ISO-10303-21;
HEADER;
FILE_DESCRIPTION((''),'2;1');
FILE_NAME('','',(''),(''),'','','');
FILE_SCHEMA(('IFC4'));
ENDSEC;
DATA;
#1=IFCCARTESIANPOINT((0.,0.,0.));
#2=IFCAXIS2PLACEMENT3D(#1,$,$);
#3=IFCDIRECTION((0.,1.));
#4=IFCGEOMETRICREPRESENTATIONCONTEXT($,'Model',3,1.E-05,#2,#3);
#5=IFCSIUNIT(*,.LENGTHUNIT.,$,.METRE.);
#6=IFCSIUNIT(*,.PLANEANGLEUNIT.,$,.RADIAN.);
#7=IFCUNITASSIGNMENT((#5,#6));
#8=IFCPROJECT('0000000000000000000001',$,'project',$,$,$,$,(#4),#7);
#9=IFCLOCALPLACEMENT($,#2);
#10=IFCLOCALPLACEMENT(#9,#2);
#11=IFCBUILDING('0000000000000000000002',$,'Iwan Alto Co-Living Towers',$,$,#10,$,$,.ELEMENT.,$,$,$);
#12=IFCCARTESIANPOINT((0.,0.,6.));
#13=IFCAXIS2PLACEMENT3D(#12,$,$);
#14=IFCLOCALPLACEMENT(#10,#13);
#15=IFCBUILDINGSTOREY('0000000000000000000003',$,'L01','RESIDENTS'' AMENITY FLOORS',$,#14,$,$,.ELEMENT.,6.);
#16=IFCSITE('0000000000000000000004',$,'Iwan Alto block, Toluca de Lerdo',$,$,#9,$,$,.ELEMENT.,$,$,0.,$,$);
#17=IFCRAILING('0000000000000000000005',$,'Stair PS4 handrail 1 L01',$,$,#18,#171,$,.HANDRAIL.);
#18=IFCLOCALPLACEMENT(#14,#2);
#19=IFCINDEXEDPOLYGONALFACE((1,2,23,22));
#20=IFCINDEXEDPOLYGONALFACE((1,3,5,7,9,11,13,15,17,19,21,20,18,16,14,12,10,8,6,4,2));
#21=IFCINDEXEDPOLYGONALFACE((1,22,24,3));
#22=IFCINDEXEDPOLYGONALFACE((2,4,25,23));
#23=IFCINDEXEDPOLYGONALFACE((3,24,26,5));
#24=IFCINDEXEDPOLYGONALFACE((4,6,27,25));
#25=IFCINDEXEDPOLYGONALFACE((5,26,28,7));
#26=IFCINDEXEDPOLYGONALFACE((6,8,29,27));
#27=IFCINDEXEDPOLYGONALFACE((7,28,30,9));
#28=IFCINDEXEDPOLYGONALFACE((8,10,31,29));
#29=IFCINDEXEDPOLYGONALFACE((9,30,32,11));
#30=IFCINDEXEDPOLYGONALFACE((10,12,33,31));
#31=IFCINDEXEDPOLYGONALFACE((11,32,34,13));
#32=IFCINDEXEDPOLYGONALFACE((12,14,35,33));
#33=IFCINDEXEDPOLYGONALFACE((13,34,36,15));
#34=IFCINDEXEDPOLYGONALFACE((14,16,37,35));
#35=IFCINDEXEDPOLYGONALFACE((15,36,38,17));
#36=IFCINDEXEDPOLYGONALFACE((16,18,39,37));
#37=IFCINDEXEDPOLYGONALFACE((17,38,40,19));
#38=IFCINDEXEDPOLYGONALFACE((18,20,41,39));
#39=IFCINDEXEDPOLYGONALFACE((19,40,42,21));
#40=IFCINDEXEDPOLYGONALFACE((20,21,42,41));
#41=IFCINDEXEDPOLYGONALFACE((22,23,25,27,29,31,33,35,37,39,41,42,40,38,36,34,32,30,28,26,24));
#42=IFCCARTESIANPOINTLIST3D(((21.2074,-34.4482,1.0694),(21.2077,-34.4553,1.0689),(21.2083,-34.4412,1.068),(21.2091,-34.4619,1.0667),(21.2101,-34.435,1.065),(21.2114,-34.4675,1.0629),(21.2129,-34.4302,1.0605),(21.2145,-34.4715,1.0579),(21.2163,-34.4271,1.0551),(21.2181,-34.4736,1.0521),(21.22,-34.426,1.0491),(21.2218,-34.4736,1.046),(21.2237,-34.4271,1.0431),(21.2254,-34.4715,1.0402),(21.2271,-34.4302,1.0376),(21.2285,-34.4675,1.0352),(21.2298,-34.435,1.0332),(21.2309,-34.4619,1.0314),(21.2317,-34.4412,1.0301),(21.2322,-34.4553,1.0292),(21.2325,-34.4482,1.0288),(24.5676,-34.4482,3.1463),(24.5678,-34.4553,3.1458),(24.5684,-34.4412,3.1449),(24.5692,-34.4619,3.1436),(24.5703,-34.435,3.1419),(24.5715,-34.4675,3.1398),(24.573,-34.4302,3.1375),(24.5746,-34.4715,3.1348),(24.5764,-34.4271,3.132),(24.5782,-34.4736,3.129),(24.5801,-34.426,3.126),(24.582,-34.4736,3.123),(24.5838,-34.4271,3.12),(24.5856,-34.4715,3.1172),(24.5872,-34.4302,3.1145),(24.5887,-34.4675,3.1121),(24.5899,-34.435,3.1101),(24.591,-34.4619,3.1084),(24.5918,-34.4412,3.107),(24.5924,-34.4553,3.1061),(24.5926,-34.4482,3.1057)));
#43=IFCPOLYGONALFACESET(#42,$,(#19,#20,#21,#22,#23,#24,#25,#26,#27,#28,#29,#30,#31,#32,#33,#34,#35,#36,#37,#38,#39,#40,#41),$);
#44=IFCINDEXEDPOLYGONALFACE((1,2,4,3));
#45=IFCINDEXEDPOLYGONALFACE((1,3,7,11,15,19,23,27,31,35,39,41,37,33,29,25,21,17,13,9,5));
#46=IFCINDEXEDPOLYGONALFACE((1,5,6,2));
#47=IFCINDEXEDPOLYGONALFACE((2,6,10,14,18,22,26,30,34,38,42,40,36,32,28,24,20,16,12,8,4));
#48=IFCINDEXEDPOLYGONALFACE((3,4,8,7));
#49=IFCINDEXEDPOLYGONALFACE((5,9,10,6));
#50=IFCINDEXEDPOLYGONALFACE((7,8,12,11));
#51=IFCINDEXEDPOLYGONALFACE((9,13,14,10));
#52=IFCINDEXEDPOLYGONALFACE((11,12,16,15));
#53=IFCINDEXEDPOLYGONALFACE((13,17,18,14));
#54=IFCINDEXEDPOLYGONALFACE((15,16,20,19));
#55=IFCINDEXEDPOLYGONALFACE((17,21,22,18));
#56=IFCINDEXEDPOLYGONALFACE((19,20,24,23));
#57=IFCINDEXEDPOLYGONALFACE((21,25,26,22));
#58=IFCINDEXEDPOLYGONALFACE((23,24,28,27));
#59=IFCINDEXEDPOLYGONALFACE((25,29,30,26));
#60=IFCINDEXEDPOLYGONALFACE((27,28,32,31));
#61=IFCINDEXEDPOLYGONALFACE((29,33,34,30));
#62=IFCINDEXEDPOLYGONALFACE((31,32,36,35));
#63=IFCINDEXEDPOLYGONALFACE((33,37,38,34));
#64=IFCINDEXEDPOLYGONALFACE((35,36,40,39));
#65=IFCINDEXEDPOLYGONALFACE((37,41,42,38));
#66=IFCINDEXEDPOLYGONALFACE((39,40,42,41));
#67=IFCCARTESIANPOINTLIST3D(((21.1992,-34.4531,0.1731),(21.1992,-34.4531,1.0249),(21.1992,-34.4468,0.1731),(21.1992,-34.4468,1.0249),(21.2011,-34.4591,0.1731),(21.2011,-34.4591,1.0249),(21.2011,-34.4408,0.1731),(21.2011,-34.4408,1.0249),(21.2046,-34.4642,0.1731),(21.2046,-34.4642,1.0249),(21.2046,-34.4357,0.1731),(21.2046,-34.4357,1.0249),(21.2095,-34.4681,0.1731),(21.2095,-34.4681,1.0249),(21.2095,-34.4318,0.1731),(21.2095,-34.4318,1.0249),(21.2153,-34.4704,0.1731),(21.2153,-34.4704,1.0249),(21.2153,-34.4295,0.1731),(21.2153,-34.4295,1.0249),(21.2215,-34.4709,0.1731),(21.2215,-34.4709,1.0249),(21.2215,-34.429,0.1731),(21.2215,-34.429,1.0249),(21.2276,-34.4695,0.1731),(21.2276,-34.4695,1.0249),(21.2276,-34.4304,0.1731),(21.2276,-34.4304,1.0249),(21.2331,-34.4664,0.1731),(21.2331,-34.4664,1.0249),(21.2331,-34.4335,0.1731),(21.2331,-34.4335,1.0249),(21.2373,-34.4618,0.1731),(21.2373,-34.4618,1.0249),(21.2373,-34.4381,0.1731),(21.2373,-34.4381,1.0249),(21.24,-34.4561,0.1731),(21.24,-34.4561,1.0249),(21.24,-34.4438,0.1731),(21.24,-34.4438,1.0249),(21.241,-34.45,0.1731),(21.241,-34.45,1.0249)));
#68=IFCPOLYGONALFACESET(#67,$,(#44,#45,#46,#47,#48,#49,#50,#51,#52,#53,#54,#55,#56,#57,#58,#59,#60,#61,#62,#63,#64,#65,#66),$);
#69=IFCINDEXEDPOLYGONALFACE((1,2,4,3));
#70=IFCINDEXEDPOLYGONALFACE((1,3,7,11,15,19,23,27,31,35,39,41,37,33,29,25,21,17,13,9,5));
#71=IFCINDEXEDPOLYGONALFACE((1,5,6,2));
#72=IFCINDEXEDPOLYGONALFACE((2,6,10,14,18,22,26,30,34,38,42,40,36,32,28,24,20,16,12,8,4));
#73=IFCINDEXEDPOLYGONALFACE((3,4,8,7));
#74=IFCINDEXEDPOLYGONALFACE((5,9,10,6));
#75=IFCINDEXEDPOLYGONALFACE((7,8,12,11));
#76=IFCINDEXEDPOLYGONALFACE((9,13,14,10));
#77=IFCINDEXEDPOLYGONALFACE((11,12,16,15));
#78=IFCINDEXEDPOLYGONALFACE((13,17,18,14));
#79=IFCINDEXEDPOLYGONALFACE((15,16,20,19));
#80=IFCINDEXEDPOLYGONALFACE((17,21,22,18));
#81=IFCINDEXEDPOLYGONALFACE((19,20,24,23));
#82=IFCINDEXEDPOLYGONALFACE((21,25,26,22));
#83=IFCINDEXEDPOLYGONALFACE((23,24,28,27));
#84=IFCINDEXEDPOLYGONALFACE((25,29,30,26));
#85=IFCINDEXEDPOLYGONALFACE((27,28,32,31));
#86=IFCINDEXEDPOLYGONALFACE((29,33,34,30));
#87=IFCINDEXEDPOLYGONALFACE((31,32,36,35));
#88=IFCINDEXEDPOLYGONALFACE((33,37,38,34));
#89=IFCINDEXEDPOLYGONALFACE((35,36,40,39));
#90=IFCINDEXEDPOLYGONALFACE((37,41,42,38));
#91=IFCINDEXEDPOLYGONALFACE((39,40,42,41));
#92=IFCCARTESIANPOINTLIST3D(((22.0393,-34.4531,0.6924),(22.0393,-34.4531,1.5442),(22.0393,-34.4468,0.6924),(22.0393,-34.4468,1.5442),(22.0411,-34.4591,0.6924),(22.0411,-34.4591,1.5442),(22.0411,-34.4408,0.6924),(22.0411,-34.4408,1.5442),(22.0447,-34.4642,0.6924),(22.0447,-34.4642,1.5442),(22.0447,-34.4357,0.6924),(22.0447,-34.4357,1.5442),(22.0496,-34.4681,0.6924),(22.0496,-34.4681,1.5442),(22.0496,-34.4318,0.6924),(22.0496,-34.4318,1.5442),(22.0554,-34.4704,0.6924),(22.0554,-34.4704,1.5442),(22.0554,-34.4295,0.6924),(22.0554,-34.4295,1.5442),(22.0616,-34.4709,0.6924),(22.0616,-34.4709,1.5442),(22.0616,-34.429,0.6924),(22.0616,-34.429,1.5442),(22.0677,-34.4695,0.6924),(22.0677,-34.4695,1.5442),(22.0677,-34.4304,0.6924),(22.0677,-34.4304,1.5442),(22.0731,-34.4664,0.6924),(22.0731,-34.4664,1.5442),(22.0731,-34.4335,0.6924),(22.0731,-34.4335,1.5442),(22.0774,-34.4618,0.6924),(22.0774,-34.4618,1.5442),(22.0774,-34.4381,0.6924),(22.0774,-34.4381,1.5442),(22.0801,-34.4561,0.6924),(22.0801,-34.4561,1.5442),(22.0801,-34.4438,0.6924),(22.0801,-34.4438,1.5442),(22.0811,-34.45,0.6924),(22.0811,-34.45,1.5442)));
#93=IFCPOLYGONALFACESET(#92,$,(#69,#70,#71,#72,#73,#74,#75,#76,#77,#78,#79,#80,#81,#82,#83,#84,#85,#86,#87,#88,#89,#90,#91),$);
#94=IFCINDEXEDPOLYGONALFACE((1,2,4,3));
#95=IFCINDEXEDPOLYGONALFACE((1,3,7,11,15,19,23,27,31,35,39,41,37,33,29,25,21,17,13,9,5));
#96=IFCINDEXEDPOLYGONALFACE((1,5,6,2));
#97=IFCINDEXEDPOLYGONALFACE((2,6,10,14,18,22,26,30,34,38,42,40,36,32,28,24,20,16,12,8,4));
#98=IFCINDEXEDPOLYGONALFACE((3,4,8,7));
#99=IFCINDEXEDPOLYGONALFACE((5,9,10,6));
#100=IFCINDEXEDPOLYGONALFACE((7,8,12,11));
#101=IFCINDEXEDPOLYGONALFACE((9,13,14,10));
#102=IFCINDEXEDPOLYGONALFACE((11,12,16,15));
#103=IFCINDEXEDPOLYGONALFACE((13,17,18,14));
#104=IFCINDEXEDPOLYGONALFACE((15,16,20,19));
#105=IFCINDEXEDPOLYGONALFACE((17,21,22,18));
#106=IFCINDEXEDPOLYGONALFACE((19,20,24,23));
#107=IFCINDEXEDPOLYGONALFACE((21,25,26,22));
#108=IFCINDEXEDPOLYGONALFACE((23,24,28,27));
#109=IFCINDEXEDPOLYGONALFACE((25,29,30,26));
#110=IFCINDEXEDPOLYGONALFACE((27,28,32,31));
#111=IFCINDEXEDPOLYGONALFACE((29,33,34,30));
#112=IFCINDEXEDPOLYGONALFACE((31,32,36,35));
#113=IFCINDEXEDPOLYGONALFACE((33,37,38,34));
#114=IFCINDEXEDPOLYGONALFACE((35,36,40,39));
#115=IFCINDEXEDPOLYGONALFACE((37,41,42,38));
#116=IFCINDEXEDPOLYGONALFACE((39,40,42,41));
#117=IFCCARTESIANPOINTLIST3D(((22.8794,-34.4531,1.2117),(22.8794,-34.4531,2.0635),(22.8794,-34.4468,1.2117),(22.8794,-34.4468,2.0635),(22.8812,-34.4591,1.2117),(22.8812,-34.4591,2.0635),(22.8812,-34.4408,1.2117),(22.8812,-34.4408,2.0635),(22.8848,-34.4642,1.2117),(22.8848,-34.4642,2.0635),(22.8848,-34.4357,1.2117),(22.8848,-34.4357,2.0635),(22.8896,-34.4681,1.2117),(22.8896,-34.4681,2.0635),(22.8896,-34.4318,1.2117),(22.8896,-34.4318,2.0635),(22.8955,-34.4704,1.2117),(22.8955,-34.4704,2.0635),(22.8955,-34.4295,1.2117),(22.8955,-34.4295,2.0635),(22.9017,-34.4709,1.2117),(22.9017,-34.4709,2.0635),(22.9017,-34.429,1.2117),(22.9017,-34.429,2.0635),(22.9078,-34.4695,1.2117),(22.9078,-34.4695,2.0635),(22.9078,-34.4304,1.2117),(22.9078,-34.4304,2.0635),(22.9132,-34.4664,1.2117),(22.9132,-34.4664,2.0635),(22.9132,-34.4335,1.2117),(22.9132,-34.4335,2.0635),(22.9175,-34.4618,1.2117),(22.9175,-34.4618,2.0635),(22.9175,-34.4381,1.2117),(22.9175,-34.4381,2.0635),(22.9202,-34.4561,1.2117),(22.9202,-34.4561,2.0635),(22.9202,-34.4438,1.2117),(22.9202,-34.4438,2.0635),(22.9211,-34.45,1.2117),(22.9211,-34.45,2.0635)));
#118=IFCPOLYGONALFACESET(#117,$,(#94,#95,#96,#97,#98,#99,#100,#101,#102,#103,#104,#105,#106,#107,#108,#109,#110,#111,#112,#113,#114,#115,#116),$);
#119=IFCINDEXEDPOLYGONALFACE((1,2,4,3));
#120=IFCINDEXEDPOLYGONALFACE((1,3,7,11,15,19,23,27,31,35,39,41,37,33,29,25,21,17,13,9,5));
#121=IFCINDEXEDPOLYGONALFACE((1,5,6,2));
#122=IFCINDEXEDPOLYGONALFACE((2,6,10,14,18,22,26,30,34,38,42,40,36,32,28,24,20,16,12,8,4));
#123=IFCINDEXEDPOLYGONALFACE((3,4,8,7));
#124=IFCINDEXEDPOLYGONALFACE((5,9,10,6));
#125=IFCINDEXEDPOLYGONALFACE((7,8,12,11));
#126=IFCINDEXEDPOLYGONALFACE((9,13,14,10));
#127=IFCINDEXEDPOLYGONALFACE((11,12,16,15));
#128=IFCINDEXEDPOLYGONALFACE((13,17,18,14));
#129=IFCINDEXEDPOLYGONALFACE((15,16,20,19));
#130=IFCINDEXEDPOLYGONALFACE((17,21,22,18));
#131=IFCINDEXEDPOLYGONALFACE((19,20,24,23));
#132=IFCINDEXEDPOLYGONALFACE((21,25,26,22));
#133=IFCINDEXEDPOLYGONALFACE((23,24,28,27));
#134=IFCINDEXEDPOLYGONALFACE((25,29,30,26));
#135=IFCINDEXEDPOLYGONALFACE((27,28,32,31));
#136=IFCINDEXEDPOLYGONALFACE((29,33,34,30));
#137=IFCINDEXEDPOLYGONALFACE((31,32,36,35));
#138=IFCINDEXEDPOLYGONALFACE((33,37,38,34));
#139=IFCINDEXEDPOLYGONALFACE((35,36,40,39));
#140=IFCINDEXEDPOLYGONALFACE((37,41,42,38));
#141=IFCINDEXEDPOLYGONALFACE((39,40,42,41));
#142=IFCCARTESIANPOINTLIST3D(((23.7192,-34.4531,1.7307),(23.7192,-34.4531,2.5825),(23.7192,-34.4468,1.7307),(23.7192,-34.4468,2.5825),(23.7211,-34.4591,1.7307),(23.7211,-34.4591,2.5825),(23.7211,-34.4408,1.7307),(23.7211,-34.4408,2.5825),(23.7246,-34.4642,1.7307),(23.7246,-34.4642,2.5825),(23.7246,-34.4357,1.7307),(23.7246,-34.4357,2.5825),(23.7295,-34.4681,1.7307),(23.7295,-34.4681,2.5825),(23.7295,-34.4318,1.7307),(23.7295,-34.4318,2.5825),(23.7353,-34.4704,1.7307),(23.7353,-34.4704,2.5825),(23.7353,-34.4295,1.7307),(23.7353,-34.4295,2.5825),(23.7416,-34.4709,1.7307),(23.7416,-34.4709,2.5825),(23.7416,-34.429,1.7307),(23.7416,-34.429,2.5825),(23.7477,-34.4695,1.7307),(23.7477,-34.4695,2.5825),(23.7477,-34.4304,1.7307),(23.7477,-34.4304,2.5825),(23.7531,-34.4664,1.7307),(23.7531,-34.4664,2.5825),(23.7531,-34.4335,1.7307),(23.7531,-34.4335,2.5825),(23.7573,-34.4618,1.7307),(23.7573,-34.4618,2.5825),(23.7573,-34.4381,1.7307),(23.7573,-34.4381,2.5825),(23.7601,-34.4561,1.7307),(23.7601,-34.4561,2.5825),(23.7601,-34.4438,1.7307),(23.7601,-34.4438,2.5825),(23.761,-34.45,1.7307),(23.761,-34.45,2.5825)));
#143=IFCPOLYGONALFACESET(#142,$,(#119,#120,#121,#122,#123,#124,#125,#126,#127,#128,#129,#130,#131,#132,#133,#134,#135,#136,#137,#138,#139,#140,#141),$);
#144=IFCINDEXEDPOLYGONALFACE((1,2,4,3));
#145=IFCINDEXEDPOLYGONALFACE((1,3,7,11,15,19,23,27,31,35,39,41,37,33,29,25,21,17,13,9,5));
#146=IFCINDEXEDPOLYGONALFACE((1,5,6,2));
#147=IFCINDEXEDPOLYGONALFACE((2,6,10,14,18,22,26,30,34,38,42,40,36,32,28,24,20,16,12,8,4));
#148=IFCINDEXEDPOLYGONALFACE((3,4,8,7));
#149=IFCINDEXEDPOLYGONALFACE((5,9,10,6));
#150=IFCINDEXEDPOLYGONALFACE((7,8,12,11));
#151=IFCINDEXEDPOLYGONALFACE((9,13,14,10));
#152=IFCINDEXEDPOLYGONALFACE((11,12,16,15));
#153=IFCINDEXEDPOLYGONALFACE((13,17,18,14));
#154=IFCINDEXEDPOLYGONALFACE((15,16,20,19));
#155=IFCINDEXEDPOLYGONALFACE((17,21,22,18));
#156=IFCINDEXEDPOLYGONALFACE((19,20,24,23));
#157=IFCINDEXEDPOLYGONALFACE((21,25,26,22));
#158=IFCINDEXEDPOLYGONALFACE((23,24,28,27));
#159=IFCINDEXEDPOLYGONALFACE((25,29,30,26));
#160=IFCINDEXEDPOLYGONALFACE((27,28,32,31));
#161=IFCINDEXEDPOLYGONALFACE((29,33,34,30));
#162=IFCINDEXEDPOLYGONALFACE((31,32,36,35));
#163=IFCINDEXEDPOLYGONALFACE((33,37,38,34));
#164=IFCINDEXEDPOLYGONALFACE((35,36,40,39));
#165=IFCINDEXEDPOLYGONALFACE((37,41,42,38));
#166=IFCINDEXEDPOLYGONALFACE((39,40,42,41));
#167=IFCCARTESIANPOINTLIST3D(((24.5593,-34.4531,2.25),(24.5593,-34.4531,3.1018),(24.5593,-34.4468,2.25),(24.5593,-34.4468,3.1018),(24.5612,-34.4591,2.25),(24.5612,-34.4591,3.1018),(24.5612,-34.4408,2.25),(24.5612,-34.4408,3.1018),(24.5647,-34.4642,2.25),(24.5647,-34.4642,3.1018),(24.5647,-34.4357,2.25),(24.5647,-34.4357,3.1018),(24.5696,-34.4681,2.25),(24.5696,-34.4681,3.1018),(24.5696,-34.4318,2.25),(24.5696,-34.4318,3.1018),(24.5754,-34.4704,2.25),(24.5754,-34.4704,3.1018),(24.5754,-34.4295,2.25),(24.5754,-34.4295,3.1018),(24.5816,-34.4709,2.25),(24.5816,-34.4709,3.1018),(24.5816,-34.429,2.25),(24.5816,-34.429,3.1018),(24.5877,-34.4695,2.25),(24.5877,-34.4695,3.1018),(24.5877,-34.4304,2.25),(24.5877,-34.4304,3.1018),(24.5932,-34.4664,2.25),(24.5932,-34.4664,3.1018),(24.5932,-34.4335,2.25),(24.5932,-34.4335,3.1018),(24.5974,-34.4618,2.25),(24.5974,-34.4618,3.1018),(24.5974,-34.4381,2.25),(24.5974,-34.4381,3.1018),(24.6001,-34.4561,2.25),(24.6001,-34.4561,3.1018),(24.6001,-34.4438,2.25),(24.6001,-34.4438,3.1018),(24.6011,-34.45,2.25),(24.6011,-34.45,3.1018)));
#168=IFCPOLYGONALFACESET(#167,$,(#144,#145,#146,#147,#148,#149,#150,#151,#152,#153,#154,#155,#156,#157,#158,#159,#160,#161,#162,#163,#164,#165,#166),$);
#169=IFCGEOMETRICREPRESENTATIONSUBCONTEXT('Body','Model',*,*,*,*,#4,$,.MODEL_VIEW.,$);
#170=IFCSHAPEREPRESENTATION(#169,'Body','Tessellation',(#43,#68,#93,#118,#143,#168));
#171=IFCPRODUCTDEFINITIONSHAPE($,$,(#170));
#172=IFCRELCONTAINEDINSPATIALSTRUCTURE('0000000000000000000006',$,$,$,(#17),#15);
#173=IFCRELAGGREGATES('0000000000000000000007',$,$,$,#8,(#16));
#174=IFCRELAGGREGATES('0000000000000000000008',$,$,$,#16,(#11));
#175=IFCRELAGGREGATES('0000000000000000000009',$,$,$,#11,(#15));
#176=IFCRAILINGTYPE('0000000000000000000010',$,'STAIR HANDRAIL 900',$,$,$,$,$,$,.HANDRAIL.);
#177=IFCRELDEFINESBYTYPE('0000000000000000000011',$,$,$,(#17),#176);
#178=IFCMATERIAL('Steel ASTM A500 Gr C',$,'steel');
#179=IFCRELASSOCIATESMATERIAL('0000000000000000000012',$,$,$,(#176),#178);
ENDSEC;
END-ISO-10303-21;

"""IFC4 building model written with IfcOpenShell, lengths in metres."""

from ifc_helpers import new_model, si_unit, direction, frame, origin, origin_2d, place, context, subcontext, project, spatial, circle, extrude, material, type_object, element, save


model = new_model("IFC4")

# Units and contexts
model_context = context("Model", 3, precision=1e-05, world=origin(), true_north=direction((0.0, 1.0)))
body_context = subcontext(model_context, "Body", "Model", "MODEL_VIEW")
ifc_project = project(units=[si_unit("LENGTHUNIT", "METRE"), si_unit("PLANEANGLEUNIT", "RADIAN")], contexts=[model_context])

# Site, building, storey
site_placement = place(None, origin())
site = spatial("IfcSite", under=ifc_project, at=site_placement, Name="Iwan Alto block, Toluca de Lerdo", CompositionType="ELEMENT", RefElevation=0.0)
building_placement = place(site_placement, origin())
building = spatial("IfcBuilding", under=site, at=building_placement, Name="Iwan Alto Co-Living Towers", CompositionType="ELEMENT")
storey_placement = place(building_placement, frame((0.0, 0.0, 6.0)))
storey = spatial("IfcBuildingStorey", under=building, at=storey_placement, Name="L01", Description="RESIDENTS' AMENITY FLOORS", CompositionType="ELEMENT", Elevation=6.0)

# Railing
ifc_material_1 = material(Name="Steel ASTM A500 Gr C", Category="steel")
railing_type_1 = type_object("IfcRailingType", Name="STAIR HANDRAIL 900", PredefinedType="HANDRAIL", material=ifc_material_1)
railing_1_placement = place(storey_placement, frame((21.22, -34.45, 0.1731)))
element("IfcRailing", 1, at=railing_1_placement, inside=storey, type_object=railing_type_1, Name="Stair PS4 handrail 1 L01", PredefinedType="HANDRAIL", context=body_context, shape_type="SweptSolid", body=[
    extrude(circle(Radius=0.0239, at=origin_2d()), frame((0.0, 0.0, 0.876), z_axis=(0.850623, 0.0, 0.525776), x_axis=(0.0, 1.0, 0.0)), (0.0, 0.0, 1.0), 3.9502),
    extrude(circle(Radius=0.021, at=origin_2d()), origin(), (0.0, 0.0, 1.0), 0.8518),
    extrude(circle(Radius=0.021, at=origin_2d()), frame((0.8401, 0.0, 0.5193)), (0.0, 0.0, 1.0), 0.8518),
    extrude(circle(Radius=0.021, at=origin_2d()), frame((1.6802, 0.0, 1.0386)), (0.0, 0.0, 1.0), 0.8518),
    extrude(circle(Radius=0.021, at=origin_2d()), frame((2.52, 0.0, 1.5576)), (0.0, 0.0, 1.0), 0.8518),
    extrude(circle(Radius=0.021, at=origin_2d()), frame((3.3601, 0.0, 2.0769)), (0.0, 0.0, 1.0), 0.8518),
])

save(model, "model.ifc")
